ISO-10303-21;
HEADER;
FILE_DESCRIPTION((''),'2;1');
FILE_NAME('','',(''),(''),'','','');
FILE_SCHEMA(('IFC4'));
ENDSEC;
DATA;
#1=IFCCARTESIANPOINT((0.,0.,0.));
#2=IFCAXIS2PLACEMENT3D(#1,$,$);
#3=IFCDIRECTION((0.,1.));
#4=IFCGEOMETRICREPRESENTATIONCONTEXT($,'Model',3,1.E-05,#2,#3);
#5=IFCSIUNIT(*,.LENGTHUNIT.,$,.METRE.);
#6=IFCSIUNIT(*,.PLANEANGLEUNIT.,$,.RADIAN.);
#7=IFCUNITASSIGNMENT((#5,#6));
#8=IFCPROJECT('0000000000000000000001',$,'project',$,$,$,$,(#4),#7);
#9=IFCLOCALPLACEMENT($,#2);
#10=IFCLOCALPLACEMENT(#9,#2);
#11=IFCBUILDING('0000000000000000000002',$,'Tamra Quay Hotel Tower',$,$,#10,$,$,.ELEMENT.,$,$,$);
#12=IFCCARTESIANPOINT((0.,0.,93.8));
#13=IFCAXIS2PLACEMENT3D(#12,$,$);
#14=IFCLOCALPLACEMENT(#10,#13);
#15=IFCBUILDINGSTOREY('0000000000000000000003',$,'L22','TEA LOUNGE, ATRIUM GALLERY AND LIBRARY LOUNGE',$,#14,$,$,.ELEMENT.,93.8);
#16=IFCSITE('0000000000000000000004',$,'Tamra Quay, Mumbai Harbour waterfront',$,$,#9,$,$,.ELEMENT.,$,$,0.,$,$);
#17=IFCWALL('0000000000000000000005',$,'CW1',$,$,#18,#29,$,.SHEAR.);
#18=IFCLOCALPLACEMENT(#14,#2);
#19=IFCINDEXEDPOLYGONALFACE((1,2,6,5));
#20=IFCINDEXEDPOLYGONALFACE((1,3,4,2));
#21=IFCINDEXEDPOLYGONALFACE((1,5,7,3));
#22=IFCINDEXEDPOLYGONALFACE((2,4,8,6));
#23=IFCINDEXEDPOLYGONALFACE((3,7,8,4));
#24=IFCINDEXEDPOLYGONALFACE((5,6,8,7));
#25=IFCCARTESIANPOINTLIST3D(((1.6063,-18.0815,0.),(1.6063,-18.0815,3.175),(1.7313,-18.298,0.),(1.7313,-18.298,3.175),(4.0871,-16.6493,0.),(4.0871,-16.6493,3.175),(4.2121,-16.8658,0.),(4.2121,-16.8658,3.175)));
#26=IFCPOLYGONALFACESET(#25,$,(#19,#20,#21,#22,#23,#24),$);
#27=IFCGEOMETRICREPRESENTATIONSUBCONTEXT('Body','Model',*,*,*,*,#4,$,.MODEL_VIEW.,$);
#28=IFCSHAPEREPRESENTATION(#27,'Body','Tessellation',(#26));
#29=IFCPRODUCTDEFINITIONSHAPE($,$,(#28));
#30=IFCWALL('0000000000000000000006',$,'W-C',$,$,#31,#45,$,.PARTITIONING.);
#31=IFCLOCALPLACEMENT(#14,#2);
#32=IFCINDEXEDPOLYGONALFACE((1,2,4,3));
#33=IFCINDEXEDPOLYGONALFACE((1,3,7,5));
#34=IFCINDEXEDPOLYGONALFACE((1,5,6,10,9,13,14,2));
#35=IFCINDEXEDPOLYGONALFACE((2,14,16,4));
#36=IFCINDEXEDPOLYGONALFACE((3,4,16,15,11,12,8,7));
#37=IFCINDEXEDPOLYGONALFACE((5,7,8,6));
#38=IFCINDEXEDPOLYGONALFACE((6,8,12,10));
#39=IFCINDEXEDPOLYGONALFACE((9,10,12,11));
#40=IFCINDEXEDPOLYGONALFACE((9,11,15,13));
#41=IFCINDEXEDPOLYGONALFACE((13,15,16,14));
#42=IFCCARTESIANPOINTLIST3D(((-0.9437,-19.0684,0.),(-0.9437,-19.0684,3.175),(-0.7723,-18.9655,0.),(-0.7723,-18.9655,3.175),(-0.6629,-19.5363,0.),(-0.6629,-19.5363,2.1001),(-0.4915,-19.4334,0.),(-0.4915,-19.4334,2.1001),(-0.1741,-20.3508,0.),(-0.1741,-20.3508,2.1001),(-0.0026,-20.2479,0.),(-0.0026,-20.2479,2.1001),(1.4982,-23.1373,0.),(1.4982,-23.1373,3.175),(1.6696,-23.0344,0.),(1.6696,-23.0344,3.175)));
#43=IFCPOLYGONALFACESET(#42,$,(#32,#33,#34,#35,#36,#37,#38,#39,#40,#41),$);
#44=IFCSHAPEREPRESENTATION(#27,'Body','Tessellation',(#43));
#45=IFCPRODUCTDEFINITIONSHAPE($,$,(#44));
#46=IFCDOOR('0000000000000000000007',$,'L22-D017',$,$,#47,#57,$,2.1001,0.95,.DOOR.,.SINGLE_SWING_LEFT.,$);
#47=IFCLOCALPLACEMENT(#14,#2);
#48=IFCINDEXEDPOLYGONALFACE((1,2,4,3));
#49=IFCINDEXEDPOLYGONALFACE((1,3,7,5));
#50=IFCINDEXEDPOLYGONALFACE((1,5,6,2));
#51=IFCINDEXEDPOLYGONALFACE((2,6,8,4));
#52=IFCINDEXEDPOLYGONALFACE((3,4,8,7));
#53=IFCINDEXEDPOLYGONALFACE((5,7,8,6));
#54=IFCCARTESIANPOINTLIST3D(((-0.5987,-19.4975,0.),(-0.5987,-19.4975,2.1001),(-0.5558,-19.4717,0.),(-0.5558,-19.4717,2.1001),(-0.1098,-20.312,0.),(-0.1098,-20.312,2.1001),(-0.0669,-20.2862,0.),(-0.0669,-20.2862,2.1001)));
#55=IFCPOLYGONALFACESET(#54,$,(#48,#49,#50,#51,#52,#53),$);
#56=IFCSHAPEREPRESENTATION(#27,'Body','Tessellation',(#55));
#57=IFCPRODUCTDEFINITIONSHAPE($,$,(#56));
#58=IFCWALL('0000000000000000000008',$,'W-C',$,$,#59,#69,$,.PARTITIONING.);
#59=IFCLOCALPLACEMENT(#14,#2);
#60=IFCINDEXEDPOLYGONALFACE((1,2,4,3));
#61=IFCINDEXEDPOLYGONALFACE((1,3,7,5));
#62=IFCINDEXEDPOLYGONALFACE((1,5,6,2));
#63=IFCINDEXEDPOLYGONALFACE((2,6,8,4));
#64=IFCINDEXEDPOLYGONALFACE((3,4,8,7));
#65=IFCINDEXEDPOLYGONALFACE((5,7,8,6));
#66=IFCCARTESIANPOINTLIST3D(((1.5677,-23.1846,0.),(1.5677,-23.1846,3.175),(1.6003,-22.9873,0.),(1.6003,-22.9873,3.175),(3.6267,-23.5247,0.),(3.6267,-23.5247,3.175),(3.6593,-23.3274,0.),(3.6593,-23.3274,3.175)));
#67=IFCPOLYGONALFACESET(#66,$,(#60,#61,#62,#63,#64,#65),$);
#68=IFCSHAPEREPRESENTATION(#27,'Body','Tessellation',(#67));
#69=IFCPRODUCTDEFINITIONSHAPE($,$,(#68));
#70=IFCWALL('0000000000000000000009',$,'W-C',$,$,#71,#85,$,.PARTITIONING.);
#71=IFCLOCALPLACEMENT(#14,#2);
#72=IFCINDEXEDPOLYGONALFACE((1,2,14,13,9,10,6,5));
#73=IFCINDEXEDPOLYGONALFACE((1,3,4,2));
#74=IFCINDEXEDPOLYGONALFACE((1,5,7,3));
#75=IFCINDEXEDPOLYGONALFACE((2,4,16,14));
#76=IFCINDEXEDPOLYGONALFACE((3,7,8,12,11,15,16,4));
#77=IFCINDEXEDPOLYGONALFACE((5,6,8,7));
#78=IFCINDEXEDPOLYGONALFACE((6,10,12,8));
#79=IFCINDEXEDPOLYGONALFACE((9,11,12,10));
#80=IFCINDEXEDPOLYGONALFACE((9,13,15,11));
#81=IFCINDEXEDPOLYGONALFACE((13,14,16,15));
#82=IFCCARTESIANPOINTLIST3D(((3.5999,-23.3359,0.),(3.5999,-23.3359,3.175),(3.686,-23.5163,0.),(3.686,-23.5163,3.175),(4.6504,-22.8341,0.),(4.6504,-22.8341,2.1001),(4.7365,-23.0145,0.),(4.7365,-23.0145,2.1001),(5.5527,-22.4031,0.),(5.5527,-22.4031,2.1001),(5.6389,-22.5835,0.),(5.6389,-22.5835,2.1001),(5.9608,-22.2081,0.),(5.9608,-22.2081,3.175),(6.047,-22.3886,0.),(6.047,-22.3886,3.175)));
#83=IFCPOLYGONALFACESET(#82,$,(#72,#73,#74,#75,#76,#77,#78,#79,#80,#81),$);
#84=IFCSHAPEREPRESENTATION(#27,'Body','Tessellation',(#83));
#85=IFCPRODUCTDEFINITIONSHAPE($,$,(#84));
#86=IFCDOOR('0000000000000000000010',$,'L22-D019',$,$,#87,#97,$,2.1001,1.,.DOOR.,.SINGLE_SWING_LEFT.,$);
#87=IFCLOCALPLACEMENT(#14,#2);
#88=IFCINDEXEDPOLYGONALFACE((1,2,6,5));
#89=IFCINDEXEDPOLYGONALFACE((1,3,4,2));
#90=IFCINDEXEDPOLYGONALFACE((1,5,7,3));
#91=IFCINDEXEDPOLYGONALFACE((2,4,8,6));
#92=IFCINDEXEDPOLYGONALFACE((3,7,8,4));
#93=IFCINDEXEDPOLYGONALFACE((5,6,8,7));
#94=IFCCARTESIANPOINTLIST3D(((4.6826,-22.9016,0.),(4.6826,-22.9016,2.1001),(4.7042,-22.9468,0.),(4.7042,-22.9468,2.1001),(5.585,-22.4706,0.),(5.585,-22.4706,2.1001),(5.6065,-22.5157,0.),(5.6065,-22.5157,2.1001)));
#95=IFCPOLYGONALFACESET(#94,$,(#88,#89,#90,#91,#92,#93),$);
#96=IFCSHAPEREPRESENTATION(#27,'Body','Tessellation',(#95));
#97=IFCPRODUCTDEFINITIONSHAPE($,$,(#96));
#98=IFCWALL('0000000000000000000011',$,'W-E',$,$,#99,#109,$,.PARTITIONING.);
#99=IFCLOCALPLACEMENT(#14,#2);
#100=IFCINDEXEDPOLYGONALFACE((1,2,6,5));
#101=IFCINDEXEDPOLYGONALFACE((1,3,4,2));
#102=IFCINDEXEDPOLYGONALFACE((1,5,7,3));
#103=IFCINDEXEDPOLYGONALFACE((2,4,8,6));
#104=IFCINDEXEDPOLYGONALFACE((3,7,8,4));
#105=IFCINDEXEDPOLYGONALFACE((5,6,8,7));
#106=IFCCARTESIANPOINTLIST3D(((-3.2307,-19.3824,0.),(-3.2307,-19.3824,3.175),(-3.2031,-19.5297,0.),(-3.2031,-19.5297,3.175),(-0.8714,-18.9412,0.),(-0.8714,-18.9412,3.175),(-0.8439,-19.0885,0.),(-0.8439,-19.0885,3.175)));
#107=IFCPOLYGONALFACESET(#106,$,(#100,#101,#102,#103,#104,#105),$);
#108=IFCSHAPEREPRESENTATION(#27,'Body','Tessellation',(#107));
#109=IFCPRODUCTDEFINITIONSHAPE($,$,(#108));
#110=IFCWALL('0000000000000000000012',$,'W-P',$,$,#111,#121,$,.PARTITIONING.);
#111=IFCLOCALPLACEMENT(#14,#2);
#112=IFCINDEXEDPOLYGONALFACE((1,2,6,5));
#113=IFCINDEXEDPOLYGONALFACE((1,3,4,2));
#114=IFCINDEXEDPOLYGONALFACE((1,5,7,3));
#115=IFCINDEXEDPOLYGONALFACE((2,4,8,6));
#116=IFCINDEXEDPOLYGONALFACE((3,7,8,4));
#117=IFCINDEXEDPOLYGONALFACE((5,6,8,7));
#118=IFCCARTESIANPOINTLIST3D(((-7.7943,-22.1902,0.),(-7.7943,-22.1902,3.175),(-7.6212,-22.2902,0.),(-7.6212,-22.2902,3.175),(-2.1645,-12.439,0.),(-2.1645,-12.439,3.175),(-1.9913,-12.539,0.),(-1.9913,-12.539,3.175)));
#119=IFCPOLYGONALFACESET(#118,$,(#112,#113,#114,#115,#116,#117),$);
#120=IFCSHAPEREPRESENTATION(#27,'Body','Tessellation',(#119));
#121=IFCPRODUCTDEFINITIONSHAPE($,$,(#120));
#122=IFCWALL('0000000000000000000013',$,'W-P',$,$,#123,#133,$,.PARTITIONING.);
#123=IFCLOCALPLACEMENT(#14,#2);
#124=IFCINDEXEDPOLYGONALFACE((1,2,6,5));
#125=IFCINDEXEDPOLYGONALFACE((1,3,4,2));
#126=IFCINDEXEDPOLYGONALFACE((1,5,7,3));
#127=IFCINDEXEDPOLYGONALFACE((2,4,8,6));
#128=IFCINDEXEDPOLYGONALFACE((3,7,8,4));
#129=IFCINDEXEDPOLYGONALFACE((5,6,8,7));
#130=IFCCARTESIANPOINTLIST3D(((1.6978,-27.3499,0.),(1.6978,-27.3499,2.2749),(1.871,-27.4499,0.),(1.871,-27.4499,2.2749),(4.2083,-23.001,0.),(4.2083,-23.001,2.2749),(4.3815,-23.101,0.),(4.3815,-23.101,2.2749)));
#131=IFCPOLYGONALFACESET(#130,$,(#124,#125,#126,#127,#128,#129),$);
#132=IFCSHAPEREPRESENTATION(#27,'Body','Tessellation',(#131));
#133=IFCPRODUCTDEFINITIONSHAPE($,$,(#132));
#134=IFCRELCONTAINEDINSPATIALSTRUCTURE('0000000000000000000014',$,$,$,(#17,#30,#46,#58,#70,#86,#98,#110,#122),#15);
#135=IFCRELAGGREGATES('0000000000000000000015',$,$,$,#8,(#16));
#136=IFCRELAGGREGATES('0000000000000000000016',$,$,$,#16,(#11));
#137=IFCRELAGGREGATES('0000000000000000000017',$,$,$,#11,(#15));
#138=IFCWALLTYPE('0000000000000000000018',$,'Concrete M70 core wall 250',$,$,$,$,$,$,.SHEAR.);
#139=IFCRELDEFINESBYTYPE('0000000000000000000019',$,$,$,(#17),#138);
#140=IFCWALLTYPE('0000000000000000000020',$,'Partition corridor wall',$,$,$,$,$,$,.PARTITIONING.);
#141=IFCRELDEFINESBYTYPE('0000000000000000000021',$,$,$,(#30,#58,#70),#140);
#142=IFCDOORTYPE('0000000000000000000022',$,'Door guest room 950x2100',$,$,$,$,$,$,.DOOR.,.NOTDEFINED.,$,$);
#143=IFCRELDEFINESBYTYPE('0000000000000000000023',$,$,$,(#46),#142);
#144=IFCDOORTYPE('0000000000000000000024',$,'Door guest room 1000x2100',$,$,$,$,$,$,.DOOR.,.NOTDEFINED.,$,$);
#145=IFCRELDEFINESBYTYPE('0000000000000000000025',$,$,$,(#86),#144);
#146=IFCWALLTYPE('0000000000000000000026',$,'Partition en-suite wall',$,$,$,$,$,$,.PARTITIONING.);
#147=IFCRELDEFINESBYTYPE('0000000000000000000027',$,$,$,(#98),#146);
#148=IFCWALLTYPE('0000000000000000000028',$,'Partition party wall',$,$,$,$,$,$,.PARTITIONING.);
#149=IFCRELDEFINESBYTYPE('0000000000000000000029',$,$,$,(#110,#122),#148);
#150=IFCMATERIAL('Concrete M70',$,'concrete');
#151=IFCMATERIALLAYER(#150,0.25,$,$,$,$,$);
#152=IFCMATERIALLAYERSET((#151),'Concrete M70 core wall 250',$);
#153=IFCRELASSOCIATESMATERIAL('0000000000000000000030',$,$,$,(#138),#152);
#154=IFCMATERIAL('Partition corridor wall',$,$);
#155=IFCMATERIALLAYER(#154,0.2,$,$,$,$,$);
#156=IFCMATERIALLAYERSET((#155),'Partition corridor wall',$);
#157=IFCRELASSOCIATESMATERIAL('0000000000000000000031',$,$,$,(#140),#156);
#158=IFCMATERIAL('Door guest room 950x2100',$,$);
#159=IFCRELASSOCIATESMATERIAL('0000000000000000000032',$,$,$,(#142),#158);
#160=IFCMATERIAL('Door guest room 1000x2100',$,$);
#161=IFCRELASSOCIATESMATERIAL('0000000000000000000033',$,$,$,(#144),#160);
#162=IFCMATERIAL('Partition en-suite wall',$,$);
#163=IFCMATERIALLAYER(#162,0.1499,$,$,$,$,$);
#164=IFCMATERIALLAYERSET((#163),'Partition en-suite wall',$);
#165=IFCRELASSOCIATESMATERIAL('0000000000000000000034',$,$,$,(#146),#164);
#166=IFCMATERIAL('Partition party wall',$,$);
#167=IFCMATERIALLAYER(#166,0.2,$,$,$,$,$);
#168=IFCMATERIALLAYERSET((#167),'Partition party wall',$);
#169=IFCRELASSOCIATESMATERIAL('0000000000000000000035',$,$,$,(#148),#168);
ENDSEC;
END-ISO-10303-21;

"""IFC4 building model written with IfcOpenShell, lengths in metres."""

from ifc_helpers import new_model, si_unit, direction, frame, frame_2d, origin, place, context, subcontext, project, spatial, rectangle, extrude, material, layer, layer_set, type_object, element, fill, save


model = new_model("IFC4")

# Units and contexts
model_context = context("Model", 3, precision=1e-05, world=origin(), true_north=direction((0.0, 1.0)))
body_context = subcontext(model_context, "Body", "Model", "MODEL_VIEW")
ifc_project = project(units=[si_unit("LENGTHUNIT", "METRE"), si_unit("PLANEANGLEUNIT", "RADIAN")], contexts=[model_context])

# Site, building, storey
site_placement = place(None, origin())
site = spatial("IfcSite", under=ifc_project, at=site_placement, Name="Tamra Quay, Mumbai Harbour waterfront", CompositionType="ELEMENT", RefElevation=0.0)
building_placement = place(site_placement, origin())
building = spatial("IfcBuilding", under=site, at=building_placement, Name="Tamra Quay Hotel Tower", CompositionType="ELEMENT")
storey_placement = place(building_placement, frame((0.0, 0.0, 93.8)))
storey = spatial("IfcBuildingStorey", under=building, at=storey_placement, Name="L22", Description="TEA LOUNGE, ATRIUM GALLERY AND LIBRARY LOUNGE", CompositionType="ELEMENT", Elevation=93.8)

# Shared definitions
ifc_material_1 = material(Name="Concrete M70", Category="concrete")

# Wall
ifc_layer_1 = layer(ifc_material_1, 0.25)
ifc_layer_set_1 = layer_set([ifc_layer_1], Name="Concrete M70 core wall 250")
wall_type_1 = type_object("IfcWallType", Name="Concrete M70 core wall 250", PredefinedType="SHEAR", material=ifc_layer_set_1)
wall_1_placement = place(storey_placement, frame((1.6689, -18.1897, 0.0), z_axis=(0.0, 0.0, 1.0), x_axis=(0.866042, 0.499971, 0.0)))
element("IfcWall", 1, at=wall_1_placement, inside=storey, type_object=wall_type_1, Name="CW1", PredefinedType="SHEAR", context=body_context, shape_type="SweptSolid", body=[
    extrude(rectangle(XDim=2.8645, YDim=0.25, at=frame_2d((1.4321, 0.0))), origin(), (0.0, 0.0, 1.0), 3.175),
])

# Wall, opening, door
ifc_material_2 = material(Name="Partition corridor wall")
ifc_layer_2 = layer(ifc_material_2, 0.2)
ifc_layer_set_2 = layer_set([ifc_layer_2], Name="Partition corridor wall")
wall_type_2 = type_object("IfcWallType", Name="Partition corridor wall", PredefinedType="PARTITIONING", material=ifc_layer_set_2)
wall_2_placement = place(storey_placement, frame((-0.8579, -19.0171, 0.0), z_axis=(0.0, 0.0, 1.0), x_axis=(0.514587, -0.857438, 0.0)))
wall_2 = element("IfcWall", 2, at=wall_2_placement, inside=storey, type_object=wall_type_2, Name="W-C", PredefinedType="PARTITIONING", context=body_context, shape_type="SweptSolid", body=[
    extrude(rectangle(XDim=4.7454, YDim=0.2, at=frame_2d((2.3726, 0.0))), origin(), (0.0, 0.0, 1.0), 3.175),
])
opening_1_placement = place(wall_2_placement, frame((0.5454, 0.0, 0.0)))
opening_1 = element("IfcOpeningElement", 3, at=opening_1_placement, cuts=wall_2, PredefinedType="OPENING", context=body_context, shape_type="SweptSolid", body=[
    extrude(rectangle(XDim=0.95, YDim=2.1001, at=frame_2d((0.4751, 1.05))), frame((0.0, 0.1099, 0.0), z_axis=(0.0, -1.0, 0.0), x_axis=(1.0, 0.0, 0.0)), (0.0, 0.0, 1.0), 0.22),
])
ifc_material_3 = material(Name="Door guest room 950x2100")
door_type_1 = type_object("IfcDoorType", Name="Door guest room 950x2100", OperationType="NOTDEFINED", PredefinedType="DOOR", material=ifc_material_3)
door_1_placement = place(opening_1_placement, frame((0.95, 0.0, 0.0), z_axis=(0.0, 0.0, 1.0), x_axis=(-1.0, 0.0, 0.0)))
door_1 = element("IfcDoor", 4, at=door_1_placement, inside=storey, type_object=door_type_1, Name="L22-D017", OperationType="SINGLE_SWING_LEFT", OverallHeight=2.1001, OverallWidth=0.95, PredefinedType="DOOR", context=body_context, shape_type="SweptSolid", body=[
    extrude(rectangle(XDim=0.95, YDim=2.1001, at=frame_2d((0.4751, 1.05))), frame((0.0, 0.0249, 0.0), z_axis=(0.0, -1.0, 0.0), x_axis=(1.0, 0.0, 0.0)), (0.0, 0.0, 1.0), 0.05),
])
fill(opening_1, door_1)

# Wall
wall_3_placement = place(storey_placement, frame((1.584, -23.0859, 0.0), z_axis=(0.0, 0.0, 1.0), x_axis=(0.986633, -0.162957, 0.0)))
element("IfcWall", 5, at=wall_3_placement, inside=storey, type_object=wall_type_2, Name="W-C", PredefinedType="PARTITIONING", context=body_context, shape_type="SweptSolid", body=[
    extrude(rectangle(XDim=2.0869, YDim=0.2, at=frame_2d((1.0435, 0.0))), origin(), (0.0, 0.0, 1.0), 3.175),
])

# Wall, opening, door
wall_4_placement = place(storey_placement, frame((3.6431, -23.426, 0.0), z_axis=(0.0, 0.0, 1.0), x_axis=(0.902344, 0.431016, 0.0)))
wall_4 = element("IfcWall", 6, at=wall_4_placement, inside=storey, type_object=wall_type_2, Name="W-C", PredefinedType="PARTITIONING", context=body_context, shape_type="SweptSolid", body=[
    extrude(rectangle(XDim=2.6165, YDim=0.2, at=frame_2d((1.3081, 0.0))), origin(), (0.0, 0.0, 1.0), 3.175),
])
opening_2_placement = place(wall_4_placement, frame((1.1641, 0.0, 0.0)))
opening_2 = element("IfcOpeningElement", 7, at=opening_2_placement, cuts=wall_4, PredefinedType="OPENING", context=body_context, shape_type="SweptSolid", body=[
    extrude(rectangle(XDim=1.0, YDim=2.1001, at=frame_2d((0.5, 1.05))), frame((0.0, 0.1099, 0.0), z_axis=(0.0, -1.0, 0.0), x_axis=(1.0, 0.0, 0.0)), (0.0, 0.0, 1.0), 0.22),
])
ifc_material_4 = material(Name="Door guest room 1000x2100")
door_type_2 = type_object("IfcDoorType", Name="Door guest room 1000x2100", OperationType="NOTDEFINED", PredefinedType="DOOR", material=ifc_material_4)
door_2_placement = place(opening_2_placement, frame((1.0, 0.0, 0.0), z_axis=(0.0, 0.0, 1.0), x_axis=(-1.0, 0.0, 0.0)))
door_2 = element("IfcDoor", 8, at=door_2_placement, inside=storey, type_object=door_type_2, Name="L22-D019", OperationType="SINGLE_SWING_LEFT", OverallHeight=2.1001, OverallWidth=1.0, PredefinedType="DOOR", context=body_context, shape_type="SweptSolid", body=[
    extrude(rectangle(XDim=1.0, YDim=2.1001, at=frame_2d((0.5, 1.05))), frame((0.0, 0.0249, 0.0), z_axis=(0.0, -1.0, 0.0), x_axis=(1.0, 0.0, 0.0)), (0.0, 0.0, 1.0), 0.05),
])
fill(opening_2, door_2)

# Walls
ifc_material_5 = material(Name="Partition en-suite wall")
ifc_layer_3 = layer(ifc_material_5, 0.1499)
ifc_layer_set_3 = layer_set([ifc_layer_3], Name="Partition en-suite wall")
wall_type_3 = type_object("IfcWallType", Name="Partition en-suite wall", PredefinedType="PARTITIONING", material=ifc_layer_set_3)
wall_5_placement = place(storey_placement, frame((-3.217, -19.4561, 0.0), z_axis=(0.0, 0.0, 1.0), x_axis=(0.982961, 0.183816, 0.0)))
element("IfcWall", 9, at=wall_5_placement, inside=storey, type_object=wall_type_3, Name="W-E", PredefinedType="PARTITIONING", context=body_context, shape_type="SweptSolid", body=[
    extrude(rectangle(XDim=2.4001, YDim=0.1499, at=frame_2d((1.2002, 0.0))), origin(), (0.0, 0.0, 1.0), 3.175),
])
ifc_material_6 = material(Name="Partition party wall")
ifc_layer_4 = layer(ifc_material_6, 0.2)
ifc_layer_set_4 = layer_set([ifc_layer_4], Name="Partition party wall")
wall_type_4 = type_object("IfcWallType", Name="Partition party wall", PredefinedType="PARTITIONING", material=ifc_layer_set_4)
wall_6_placement = place(storey_placement, frame((-7.7078, -22.2402, 0.0), z_axis=(0.0, 0.0, 1.0), x_axis=(0.500001, 0.866025, 0.0)))
element("IfcWall", 10, at=wall_6_placement, inside=storey, type_object=wall_type_4, Name="W-P", PredefinedType="PARTITIONING", context=body_context, shape_type="SweptSolid", body=[
    extrude(rectangle(XDim=11.2598, YDim=0.2, at=frame_2d((5.6299, 0.0))), origin(), (0.0, 0.0, 1.0), 3.175),
])
wall_7_placement = place(storey_placement, frame((1.7844, -27.3999, 0.0), z_axis=(0.0, 0.0, 1.0), x_axis=(0.499951, 0.866054, 0.0)))
element("IfcWall", 11, at=wall_7_placement, inside=storey, type_object=wall_type_4, Name="W-P", PredefinedType="PARTITIONING", context=body_context, shape_type="SweptSolid", body=[
    extrude(rectangle(XDim=5.0215, YDim=0.2, at=frame_2d((2.5107, 0.0))), origin(), (0.0, 0.0, 1.0), 2.2749),
])

save(model, "model.ifc")
